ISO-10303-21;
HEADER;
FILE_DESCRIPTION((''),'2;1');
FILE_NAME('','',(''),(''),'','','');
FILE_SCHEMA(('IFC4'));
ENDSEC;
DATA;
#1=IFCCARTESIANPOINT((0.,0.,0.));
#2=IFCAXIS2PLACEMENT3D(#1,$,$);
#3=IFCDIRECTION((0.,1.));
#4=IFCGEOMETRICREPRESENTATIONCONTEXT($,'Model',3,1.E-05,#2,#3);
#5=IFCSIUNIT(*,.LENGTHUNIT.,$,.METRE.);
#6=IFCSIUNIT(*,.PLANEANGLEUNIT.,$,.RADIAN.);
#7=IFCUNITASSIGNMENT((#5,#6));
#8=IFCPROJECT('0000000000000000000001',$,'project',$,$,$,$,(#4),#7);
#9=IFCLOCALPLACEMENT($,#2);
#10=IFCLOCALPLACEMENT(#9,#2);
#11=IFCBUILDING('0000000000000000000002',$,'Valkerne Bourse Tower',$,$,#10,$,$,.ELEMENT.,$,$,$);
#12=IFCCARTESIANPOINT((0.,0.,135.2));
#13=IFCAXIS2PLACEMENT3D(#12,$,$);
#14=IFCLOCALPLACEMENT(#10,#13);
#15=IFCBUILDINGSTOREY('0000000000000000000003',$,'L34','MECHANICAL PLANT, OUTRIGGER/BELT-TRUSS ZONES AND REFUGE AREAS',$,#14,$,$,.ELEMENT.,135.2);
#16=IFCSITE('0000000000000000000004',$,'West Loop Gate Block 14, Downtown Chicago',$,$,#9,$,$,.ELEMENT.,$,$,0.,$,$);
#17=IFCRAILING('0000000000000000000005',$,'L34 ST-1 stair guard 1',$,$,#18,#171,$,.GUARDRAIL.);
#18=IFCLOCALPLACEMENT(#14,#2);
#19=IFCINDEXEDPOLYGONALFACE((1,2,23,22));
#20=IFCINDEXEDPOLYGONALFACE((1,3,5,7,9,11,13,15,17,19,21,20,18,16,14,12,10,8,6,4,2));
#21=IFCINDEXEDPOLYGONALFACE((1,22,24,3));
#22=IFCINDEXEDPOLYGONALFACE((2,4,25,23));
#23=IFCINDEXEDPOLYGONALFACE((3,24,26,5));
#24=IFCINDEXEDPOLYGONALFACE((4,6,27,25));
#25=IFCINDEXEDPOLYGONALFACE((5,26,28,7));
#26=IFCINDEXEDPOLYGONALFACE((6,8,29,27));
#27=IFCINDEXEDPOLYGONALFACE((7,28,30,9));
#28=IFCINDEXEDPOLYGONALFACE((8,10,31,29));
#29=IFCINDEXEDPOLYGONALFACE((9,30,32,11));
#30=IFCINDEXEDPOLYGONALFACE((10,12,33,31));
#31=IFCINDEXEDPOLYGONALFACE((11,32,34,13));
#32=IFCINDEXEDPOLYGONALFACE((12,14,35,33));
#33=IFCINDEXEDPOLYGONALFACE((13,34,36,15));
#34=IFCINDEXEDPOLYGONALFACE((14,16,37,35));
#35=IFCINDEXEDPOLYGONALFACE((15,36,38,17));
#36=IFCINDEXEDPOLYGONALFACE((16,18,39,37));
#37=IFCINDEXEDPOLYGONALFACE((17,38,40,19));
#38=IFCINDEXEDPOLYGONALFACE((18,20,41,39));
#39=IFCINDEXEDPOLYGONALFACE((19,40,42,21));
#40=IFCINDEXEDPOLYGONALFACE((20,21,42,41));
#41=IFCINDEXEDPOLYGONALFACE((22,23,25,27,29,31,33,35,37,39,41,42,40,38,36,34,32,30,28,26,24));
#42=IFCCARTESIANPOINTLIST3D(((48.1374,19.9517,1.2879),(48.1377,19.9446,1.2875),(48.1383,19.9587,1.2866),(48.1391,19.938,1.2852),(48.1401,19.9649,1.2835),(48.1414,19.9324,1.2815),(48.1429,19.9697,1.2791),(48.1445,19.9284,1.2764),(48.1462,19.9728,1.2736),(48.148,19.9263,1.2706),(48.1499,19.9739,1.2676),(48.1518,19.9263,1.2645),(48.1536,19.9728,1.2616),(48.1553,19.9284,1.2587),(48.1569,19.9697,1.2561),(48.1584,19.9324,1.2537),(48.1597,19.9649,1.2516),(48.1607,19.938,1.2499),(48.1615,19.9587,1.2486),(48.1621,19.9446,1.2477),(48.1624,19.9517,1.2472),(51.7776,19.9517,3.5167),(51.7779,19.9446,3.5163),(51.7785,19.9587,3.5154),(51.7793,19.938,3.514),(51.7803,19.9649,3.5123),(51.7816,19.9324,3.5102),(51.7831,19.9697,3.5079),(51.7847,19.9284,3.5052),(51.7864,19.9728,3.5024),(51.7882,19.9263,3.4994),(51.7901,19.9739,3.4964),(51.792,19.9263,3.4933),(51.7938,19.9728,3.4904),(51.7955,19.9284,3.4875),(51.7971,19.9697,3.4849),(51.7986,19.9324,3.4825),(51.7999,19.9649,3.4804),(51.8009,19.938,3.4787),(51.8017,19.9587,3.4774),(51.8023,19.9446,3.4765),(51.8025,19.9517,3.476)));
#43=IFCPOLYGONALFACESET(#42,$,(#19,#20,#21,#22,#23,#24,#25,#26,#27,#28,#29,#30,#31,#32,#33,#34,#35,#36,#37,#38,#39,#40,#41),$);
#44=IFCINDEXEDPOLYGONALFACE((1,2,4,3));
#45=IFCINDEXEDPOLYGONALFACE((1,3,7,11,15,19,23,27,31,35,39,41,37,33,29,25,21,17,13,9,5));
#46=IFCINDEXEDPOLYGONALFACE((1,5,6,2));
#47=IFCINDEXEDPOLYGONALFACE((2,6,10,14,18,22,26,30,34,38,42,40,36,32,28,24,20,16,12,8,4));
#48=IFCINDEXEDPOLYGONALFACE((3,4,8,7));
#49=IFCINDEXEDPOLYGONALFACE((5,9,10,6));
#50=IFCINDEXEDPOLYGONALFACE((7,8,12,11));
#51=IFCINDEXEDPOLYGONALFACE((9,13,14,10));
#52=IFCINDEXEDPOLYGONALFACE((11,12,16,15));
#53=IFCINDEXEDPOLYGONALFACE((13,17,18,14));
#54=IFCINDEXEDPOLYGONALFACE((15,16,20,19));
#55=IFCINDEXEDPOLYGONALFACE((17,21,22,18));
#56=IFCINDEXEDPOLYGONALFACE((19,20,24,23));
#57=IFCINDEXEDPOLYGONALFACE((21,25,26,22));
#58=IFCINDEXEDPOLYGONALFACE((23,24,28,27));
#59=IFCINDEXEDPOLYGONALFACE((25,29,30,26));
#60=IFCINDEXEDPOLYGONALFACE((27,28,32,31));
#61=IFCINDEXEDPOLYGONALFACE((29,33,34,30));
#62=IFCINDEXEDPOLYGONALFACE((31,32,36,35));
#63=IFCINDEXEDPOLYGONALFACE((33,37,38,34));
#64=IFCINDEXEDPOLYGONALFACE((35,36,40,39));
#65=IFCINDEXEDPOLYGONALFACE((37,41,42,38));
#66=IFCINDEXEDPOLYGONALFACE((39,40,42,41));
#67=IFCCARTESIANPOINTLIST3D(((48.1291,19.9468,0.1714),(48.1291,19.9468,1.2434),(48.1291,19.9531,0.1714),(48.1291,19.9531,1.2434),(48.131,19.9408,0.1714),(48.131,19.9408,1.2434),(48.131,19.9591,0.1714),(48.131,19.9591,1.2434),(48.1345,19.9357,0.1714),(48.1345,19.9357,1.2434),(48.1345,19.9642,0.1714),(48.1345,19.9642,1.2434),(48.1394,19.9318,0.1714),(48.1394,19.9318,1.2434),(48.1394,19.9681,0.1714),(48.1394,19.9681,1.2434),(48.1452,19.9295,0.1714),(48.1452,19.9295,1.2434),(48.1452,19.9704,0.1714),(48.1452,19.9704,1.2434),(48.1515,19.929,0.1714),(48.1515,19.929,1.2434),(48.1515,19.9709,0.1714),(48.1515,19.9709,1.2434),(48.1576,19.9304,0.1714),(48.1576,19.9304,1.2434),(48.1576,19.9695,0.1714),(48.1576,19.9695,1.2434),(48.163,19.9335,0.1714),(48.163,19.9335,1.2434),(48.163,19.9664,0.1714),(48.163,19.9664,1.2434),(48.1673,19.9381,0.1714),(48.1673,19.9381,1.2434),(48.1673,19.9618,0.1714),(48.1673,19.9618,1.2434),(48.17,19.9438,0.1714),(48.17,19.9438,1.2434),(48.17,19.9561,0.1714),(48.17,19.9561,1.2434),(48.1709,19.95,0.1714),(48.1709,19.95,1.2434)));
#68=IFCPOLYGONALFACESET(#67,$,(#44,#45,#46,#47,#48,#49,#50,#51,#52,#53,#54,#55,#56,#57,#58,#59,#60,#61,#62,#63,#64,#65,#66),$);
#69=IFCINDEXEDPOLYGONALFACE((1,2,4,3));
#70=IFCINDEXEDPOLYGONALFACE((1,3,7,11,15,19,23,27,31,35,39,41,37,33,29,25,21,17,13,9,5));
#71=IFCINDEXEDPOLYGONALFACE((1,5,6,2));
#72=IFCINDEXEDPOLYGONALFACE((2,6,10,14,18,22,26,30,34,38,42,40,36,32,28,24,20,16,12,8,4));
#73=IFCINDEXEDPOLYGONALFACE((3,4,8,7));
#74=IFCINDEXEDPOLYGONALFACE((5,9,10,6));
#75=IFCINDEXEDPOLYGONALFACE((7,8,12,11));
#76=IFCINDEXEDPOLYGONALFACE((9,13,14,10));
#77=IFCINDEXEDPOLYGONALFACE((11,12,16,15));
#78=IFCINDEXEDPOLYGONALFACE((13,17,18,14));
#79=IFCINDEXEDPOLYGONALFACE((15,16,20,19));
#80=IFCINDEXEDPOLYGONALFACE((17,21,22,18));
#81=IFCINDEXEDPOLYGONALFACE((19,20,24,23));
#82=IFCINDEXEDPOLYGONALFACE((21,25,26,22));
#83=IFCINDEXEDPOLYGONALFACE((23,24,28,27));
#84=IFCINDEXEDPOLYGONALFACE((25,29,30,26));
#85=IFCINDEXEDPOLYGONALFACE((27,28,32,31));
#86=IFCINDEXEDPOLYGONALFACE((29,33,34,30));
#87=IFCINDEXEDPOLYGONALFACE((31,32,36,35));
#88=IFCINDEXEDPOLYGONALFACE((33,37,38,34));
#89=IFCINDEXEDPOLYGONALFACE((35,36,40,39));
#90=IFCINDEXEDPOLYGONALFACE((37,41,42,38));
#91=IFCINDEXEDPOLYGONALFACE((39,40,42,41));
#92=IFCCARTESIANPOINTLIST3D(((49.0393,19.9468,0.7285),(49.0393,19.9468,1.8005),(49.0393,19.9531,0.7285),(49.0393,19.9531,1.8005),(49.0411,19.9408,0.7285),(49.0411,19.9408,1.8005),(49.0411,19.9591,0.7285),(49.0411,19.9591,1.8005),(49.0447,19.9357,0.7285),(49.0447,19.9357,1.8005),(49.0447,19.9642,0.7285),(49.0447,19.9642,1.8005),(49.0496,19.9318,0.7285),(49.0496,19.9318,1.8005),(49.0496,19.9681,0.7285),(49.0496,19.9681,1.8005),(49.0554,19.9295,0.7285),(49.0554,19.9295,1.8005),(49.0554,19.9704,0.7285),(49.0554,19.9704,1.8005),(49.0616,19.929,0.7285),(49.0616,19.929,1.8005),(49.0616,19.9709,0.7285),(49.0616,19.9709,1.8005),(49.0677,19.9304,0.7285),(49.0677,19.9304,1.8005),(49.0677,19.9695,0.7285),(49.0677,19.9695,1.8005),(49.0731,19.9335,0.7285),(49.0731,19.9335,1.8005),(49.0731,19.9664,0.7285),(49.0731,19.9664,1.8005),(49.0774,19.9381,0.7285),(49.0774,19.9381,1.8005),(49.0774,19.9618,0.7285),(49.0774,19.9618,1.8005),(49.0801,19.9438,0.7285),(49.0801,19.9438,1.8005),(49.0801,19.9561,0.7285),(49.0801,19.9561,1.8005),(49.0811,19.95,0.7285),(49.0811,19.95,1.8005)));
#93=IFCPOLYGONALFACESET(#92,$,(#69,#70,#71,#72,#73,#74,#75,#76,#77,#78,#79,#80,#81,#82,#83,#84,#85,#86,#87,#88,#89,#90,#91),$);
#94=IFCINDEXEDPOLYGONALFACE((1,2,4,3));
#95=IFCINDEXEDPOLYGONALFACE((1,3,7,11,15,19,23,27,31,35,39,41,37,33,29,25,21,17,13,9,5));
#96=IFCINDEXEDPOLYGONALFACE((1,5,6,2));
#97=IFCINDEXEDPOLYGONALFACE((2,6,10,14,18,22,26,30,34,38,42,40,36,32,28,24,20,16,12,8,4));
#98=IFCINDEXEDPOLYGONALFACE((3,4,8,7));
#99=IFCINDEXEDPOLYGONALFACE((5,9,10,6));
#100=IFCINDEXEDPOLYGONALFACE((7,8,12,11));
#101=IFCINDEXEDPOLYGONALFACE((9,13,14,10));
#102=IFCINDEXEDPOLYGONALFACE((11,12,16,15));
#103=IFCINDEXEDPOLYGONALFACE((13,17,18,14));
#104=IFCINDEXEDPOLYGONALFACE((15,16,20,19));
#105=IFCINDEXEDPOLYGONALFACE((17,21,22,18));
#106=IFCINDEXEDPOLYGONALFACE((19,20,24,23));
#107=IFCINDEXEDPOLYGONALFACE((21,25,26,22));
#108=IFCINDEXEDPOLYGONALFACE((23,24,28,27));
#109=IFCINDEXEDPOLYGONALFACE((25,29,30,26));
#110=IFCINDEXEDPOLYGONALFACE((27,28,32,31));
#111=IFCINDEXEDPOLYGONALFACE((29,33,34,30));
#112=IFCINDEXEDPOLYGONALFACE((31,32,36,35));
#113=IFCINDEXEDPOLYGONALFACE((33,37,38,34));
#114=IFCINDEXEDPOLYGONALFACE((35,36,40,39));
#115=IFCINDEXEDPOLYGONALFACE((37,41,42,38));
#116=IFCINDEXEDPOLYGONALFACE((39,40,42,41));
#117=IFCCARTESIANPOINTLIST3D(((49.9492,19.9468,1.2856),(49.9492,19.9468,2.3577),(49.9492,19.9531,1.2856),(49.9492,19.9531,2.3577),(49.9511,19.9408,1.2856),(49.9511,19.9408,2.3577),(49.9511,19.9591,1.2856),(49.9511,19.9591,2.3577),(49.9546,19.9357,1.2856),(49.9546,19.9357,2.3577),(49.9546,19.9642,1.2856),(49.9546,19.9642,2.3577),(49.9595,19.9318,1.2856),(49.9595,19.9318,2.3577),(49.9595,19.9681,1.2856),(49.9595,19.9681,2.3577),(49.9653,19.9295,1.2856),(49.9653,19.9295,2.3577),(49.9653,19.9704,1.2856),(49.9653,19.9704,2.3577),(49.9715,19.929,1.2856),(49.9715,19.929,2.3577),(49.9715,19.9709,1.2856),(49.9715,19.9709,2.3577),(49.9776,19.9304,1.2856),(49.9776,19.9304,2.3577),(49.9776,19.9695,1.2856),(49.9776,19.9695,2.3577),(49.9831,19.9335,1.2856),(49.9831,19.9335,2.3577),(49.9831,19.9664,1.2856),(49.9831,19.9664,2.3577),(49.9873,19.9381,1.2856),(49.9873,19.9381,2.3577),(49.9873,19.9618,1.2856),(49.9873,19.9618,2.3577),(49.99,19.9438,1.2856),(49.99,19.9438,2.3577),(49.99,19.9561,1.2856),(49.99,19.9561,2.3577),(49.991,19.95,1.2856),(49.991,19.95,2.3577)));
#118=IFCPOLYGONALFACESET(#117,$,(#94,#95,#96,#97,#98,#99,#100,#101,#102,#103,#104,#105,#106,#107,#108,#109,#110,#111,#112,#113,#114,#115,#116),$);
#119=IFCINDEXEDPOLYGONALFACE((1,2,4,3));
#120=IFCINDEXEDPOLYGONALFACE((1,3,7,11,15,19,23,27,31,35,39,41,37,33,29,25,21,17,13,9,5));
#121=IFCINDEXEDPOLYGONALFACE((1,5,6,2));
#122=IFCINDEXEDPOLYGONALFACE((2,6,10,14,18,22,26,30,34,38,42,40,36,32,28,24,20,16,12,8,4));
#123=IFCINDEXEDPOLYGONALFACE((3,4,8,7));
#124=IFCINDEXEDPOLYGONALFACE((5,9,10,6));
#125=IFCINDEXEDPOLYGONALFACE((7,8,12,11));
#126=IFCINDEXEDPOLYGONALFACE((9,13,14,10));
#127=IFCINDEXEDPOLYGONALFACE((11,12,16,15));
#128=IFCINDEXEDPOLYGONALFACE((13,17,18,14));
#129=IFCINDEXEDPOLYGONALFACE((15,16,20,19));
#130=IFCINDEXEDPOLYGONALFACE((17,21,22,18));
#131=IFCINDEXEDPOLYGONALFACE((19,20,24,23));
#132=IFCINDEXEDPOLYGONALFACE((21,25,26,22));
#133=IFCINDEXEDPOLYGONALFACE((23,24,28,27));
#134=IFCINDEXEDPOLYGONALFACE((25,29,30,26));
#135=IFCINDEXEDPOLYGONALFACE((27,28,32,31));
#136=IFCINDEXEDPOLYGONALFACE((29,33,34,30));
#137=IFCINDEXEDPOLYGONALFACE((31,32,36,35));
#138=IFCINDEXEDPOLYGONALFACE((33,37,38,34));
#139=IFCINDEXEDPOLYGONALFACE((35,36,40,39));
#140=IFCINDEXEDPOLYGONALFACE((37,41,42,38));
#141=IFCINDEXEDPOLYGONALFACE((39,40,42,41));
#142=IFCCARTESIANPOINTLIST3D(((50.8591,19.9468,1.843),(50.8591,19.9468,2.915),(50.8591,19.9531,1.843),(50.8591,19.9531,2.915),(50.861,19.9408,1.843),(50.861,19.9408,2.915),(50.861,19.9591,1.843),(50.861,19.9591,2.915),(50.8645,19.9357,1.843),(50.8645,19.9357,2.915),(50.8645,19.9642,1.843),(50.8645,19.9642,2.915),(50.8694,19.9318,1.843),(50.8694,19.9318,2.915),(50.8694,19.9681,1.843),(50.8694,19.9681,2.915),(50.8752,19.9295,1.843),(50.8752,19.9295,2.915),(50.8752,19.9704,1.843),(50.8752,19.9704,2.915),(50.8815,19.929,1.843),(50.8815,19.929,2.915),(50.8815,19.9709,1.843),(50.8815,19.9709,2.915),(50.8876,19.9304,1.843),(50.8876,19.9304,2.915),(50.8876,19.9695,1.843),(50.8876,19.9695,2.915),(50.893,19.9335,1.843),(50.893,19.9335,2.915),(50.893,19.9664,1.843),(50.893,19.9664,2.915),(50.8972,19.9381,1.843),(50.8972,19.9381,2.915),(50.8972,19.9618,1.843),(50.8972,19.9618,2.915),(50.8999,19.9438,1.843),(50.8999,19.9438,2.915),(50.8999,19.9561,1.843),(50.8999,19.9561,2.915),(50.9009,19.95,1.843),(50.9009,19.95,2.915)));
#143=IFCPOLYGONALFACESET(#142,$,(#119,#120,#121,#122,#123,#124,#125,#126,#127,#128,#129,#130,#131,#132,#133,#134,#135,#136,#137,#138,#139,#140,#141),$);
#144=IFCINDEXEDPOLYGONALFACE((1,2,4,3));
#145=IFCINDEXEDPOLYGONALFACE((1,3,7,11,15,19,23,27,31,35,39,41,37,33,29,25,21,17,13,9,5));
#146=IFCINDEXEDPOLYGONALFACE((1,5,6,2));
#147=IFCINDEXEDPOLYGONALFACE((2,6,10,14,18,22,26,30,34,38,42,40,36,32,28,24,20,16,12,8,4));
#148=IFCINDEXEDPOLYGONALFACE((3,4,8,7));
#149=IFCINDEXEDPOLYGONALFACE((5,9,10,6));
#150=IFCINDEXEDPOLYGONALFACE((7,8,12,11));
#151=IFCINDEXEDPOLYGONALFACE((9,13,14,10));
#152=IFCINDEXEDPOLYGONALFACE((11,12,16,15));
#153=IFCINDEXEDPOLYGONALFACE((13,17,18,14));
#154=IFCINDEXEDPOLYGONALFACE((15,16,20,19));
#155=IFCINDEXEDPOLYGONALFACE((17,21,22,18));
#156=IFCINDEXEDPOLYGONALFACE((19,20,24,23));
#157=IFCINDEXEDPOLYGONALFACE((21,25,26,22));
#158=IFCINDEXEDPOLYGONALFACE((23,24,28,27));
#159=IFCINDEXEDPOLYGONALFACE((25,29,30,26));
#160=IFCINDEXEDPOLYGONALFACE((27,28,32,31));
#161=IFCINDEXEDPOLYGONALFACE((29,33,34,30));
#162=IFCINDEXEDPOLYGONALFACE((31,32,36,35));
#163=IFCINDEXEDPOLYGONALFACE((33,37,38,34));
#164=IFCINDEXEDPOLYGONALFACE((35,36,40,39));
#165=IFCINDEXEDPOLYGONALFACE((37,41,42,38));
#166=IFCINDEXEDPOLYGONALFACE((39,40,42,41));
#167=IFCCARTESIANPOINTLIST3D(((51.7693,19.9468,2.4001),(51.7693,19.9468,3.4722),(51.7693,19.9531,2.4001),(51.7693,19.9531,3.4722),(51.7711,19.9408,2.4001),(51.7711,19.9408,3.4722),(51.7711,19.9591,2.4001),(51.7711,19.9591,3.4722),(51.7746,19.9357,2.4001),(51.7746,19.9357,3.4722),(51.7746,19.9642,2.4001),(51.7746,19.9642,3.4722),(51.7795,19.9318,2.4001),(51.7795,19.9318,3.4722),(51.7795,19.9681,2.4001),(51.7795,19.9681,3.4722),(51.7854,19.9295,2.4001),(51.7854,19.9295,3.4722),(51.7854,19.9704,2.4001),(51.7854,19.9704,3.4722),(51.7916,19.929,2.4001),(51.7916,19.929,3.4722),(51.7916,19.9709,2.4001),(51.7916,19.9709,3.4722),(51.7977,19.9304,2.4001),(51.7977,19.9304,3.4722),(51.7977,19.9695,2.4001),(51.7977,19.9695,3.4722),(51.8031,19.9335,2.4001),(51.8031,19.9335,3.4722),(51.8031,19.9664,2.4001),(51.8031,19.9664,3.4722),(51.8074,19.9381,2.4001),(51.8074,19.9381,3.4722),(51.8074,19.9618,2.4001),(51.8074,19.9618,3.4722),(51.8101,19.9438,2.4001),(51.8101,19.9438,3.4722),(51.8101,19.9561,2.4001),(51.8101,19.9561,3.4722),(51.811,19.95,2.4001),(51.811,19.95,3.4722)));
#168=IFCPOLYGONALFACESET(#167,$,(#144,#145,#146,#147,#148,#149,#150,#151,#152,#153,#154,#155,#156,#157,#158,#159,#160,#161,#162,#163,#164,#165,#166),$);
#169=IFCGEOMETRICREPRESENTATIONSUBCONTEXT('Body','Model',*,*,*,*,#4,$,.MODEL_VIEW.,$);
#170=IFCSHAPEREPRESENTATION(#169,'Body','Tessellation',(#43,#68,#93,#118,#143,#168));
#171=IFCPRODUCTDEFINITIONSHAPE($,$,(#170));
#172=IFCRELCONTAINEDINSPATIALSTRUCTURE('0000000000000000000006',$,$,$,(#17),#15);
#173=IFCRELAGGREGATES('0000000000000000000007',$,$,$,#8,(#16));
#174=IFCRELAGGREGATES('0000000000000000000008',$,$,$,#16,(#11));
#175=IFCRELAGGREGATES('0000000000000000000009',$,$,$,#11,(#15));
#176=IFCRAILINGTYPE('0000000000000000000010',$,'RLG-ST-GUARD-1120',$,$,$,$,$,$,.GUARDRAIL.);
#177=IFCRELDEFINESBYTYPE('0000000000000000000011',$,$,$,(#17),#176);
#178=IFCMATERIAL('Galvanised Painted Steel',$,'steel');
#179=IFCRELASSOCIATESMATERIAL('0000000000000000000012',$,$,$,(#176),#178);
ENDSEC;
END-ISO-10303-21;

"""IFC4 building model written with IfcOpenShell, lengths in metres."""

from ifc_helpers import new_model, si_unit, direction, frame, origin, origin_2d, place, context, subcontext, project, spatial, circle, extrude, material, type_object, element, save


model = new_model("IFC4")

# Units and contexts
model_context = context("Model", 3, precision=1e-05, world=origin(), true_north=direction((0.0, 1.0)))
body_context = subcontext(model_context, "Body", "Model", "MODEL_VIEW")
ifc_project = project(units=[si_unit("LENGTHUNIT", "METRE"), si_unit("PLANEANGLEUNIT", "RADIAN")], contexts=[model_context])

# Site, building, storey
site_placement = place(None, origin())
site = spatial("IfcSite", under=ifc_project, at=site_placement, Name="West Loop Gate Block 14, Downtown Chicago", CompositionType="ELEMENT", RefElevation=0.0)
building_placement = place(site_placement, origin())
building = spatial("IfcBuilding", under=site, at=building_placement, Name="Valkerne Bourse Tower", CompositionType="ELEMENT")
storey_placement = place(building_placement, frame((0.0, 0.0, 135.2)))
storey = spatial("IfcBuildingStorey", under=building, at=storey_placement, Name="L34", Description="MECHANICAL PLANT, OUTRIGGER/BELT-TRUSS ZONES AND REFUGE AREAS", CompositionType="ELEMENT", Elevation=135.2)

# Shared definitions
ifc_material_1 = material(Name="Galvanised Painted Steel", Category="steel")

# Railing
railing_type_1 = type_object("IfcRailingType", Name="RLG-ST-GUARD-1120", PredefinedType="GUARDRAIL", material=ifc_material_1)
railing_1_placement = place(storey_placement, frame((48.1499, 19.95, 0.1714)))
element("IfcRailing", 1, at=railing_1_placement, inside=storey, type_object=railing_type_1, Name="L34 ST-1 stair guard 1", PredefinedType="GUARDRAIL", context=body_context, shape_type="SweptSolid", body=[
    extrude(circle(Radius=0.0239, at=origin_2d()), frame((0.0, 0.0, 1.0962), z_axis=(0.85284, 0.0, 0.522172), x_axis=(0.0, 1.0, 0.0)), (0.0, 0.0, 1.0), 4.2683),
    extrude(circle(Radius=0.021, at=origin_2d()), origin(), (0.0, 0.0, 1.0), 1.072),
    extrude(circle(Radius=0.021, at=origin_2d()), frame((0.9102, 0.0, 0.5571)), (0.0, 0.0, 1.0), 1.072),
    extrude(circle(Radius=0.021, at=origin_2d()), frame((1.8201, 0.0, 1.1143)), (0.0, 0.0, 1.0), 1.072),
    extrude(circle(Radius=0.021, at=origin_2d()), frame((2.73, 0.0, 1.6716)), (0.0, 0.0, 1.0), 1.072),
    extrude(circle(Radius=0.021, at=origin_2d()), frame((3.6401, 0.0, 2.2288)), (0.0, 0.0, 1.0), 1.072),
])

save(model, "model.ifc")
